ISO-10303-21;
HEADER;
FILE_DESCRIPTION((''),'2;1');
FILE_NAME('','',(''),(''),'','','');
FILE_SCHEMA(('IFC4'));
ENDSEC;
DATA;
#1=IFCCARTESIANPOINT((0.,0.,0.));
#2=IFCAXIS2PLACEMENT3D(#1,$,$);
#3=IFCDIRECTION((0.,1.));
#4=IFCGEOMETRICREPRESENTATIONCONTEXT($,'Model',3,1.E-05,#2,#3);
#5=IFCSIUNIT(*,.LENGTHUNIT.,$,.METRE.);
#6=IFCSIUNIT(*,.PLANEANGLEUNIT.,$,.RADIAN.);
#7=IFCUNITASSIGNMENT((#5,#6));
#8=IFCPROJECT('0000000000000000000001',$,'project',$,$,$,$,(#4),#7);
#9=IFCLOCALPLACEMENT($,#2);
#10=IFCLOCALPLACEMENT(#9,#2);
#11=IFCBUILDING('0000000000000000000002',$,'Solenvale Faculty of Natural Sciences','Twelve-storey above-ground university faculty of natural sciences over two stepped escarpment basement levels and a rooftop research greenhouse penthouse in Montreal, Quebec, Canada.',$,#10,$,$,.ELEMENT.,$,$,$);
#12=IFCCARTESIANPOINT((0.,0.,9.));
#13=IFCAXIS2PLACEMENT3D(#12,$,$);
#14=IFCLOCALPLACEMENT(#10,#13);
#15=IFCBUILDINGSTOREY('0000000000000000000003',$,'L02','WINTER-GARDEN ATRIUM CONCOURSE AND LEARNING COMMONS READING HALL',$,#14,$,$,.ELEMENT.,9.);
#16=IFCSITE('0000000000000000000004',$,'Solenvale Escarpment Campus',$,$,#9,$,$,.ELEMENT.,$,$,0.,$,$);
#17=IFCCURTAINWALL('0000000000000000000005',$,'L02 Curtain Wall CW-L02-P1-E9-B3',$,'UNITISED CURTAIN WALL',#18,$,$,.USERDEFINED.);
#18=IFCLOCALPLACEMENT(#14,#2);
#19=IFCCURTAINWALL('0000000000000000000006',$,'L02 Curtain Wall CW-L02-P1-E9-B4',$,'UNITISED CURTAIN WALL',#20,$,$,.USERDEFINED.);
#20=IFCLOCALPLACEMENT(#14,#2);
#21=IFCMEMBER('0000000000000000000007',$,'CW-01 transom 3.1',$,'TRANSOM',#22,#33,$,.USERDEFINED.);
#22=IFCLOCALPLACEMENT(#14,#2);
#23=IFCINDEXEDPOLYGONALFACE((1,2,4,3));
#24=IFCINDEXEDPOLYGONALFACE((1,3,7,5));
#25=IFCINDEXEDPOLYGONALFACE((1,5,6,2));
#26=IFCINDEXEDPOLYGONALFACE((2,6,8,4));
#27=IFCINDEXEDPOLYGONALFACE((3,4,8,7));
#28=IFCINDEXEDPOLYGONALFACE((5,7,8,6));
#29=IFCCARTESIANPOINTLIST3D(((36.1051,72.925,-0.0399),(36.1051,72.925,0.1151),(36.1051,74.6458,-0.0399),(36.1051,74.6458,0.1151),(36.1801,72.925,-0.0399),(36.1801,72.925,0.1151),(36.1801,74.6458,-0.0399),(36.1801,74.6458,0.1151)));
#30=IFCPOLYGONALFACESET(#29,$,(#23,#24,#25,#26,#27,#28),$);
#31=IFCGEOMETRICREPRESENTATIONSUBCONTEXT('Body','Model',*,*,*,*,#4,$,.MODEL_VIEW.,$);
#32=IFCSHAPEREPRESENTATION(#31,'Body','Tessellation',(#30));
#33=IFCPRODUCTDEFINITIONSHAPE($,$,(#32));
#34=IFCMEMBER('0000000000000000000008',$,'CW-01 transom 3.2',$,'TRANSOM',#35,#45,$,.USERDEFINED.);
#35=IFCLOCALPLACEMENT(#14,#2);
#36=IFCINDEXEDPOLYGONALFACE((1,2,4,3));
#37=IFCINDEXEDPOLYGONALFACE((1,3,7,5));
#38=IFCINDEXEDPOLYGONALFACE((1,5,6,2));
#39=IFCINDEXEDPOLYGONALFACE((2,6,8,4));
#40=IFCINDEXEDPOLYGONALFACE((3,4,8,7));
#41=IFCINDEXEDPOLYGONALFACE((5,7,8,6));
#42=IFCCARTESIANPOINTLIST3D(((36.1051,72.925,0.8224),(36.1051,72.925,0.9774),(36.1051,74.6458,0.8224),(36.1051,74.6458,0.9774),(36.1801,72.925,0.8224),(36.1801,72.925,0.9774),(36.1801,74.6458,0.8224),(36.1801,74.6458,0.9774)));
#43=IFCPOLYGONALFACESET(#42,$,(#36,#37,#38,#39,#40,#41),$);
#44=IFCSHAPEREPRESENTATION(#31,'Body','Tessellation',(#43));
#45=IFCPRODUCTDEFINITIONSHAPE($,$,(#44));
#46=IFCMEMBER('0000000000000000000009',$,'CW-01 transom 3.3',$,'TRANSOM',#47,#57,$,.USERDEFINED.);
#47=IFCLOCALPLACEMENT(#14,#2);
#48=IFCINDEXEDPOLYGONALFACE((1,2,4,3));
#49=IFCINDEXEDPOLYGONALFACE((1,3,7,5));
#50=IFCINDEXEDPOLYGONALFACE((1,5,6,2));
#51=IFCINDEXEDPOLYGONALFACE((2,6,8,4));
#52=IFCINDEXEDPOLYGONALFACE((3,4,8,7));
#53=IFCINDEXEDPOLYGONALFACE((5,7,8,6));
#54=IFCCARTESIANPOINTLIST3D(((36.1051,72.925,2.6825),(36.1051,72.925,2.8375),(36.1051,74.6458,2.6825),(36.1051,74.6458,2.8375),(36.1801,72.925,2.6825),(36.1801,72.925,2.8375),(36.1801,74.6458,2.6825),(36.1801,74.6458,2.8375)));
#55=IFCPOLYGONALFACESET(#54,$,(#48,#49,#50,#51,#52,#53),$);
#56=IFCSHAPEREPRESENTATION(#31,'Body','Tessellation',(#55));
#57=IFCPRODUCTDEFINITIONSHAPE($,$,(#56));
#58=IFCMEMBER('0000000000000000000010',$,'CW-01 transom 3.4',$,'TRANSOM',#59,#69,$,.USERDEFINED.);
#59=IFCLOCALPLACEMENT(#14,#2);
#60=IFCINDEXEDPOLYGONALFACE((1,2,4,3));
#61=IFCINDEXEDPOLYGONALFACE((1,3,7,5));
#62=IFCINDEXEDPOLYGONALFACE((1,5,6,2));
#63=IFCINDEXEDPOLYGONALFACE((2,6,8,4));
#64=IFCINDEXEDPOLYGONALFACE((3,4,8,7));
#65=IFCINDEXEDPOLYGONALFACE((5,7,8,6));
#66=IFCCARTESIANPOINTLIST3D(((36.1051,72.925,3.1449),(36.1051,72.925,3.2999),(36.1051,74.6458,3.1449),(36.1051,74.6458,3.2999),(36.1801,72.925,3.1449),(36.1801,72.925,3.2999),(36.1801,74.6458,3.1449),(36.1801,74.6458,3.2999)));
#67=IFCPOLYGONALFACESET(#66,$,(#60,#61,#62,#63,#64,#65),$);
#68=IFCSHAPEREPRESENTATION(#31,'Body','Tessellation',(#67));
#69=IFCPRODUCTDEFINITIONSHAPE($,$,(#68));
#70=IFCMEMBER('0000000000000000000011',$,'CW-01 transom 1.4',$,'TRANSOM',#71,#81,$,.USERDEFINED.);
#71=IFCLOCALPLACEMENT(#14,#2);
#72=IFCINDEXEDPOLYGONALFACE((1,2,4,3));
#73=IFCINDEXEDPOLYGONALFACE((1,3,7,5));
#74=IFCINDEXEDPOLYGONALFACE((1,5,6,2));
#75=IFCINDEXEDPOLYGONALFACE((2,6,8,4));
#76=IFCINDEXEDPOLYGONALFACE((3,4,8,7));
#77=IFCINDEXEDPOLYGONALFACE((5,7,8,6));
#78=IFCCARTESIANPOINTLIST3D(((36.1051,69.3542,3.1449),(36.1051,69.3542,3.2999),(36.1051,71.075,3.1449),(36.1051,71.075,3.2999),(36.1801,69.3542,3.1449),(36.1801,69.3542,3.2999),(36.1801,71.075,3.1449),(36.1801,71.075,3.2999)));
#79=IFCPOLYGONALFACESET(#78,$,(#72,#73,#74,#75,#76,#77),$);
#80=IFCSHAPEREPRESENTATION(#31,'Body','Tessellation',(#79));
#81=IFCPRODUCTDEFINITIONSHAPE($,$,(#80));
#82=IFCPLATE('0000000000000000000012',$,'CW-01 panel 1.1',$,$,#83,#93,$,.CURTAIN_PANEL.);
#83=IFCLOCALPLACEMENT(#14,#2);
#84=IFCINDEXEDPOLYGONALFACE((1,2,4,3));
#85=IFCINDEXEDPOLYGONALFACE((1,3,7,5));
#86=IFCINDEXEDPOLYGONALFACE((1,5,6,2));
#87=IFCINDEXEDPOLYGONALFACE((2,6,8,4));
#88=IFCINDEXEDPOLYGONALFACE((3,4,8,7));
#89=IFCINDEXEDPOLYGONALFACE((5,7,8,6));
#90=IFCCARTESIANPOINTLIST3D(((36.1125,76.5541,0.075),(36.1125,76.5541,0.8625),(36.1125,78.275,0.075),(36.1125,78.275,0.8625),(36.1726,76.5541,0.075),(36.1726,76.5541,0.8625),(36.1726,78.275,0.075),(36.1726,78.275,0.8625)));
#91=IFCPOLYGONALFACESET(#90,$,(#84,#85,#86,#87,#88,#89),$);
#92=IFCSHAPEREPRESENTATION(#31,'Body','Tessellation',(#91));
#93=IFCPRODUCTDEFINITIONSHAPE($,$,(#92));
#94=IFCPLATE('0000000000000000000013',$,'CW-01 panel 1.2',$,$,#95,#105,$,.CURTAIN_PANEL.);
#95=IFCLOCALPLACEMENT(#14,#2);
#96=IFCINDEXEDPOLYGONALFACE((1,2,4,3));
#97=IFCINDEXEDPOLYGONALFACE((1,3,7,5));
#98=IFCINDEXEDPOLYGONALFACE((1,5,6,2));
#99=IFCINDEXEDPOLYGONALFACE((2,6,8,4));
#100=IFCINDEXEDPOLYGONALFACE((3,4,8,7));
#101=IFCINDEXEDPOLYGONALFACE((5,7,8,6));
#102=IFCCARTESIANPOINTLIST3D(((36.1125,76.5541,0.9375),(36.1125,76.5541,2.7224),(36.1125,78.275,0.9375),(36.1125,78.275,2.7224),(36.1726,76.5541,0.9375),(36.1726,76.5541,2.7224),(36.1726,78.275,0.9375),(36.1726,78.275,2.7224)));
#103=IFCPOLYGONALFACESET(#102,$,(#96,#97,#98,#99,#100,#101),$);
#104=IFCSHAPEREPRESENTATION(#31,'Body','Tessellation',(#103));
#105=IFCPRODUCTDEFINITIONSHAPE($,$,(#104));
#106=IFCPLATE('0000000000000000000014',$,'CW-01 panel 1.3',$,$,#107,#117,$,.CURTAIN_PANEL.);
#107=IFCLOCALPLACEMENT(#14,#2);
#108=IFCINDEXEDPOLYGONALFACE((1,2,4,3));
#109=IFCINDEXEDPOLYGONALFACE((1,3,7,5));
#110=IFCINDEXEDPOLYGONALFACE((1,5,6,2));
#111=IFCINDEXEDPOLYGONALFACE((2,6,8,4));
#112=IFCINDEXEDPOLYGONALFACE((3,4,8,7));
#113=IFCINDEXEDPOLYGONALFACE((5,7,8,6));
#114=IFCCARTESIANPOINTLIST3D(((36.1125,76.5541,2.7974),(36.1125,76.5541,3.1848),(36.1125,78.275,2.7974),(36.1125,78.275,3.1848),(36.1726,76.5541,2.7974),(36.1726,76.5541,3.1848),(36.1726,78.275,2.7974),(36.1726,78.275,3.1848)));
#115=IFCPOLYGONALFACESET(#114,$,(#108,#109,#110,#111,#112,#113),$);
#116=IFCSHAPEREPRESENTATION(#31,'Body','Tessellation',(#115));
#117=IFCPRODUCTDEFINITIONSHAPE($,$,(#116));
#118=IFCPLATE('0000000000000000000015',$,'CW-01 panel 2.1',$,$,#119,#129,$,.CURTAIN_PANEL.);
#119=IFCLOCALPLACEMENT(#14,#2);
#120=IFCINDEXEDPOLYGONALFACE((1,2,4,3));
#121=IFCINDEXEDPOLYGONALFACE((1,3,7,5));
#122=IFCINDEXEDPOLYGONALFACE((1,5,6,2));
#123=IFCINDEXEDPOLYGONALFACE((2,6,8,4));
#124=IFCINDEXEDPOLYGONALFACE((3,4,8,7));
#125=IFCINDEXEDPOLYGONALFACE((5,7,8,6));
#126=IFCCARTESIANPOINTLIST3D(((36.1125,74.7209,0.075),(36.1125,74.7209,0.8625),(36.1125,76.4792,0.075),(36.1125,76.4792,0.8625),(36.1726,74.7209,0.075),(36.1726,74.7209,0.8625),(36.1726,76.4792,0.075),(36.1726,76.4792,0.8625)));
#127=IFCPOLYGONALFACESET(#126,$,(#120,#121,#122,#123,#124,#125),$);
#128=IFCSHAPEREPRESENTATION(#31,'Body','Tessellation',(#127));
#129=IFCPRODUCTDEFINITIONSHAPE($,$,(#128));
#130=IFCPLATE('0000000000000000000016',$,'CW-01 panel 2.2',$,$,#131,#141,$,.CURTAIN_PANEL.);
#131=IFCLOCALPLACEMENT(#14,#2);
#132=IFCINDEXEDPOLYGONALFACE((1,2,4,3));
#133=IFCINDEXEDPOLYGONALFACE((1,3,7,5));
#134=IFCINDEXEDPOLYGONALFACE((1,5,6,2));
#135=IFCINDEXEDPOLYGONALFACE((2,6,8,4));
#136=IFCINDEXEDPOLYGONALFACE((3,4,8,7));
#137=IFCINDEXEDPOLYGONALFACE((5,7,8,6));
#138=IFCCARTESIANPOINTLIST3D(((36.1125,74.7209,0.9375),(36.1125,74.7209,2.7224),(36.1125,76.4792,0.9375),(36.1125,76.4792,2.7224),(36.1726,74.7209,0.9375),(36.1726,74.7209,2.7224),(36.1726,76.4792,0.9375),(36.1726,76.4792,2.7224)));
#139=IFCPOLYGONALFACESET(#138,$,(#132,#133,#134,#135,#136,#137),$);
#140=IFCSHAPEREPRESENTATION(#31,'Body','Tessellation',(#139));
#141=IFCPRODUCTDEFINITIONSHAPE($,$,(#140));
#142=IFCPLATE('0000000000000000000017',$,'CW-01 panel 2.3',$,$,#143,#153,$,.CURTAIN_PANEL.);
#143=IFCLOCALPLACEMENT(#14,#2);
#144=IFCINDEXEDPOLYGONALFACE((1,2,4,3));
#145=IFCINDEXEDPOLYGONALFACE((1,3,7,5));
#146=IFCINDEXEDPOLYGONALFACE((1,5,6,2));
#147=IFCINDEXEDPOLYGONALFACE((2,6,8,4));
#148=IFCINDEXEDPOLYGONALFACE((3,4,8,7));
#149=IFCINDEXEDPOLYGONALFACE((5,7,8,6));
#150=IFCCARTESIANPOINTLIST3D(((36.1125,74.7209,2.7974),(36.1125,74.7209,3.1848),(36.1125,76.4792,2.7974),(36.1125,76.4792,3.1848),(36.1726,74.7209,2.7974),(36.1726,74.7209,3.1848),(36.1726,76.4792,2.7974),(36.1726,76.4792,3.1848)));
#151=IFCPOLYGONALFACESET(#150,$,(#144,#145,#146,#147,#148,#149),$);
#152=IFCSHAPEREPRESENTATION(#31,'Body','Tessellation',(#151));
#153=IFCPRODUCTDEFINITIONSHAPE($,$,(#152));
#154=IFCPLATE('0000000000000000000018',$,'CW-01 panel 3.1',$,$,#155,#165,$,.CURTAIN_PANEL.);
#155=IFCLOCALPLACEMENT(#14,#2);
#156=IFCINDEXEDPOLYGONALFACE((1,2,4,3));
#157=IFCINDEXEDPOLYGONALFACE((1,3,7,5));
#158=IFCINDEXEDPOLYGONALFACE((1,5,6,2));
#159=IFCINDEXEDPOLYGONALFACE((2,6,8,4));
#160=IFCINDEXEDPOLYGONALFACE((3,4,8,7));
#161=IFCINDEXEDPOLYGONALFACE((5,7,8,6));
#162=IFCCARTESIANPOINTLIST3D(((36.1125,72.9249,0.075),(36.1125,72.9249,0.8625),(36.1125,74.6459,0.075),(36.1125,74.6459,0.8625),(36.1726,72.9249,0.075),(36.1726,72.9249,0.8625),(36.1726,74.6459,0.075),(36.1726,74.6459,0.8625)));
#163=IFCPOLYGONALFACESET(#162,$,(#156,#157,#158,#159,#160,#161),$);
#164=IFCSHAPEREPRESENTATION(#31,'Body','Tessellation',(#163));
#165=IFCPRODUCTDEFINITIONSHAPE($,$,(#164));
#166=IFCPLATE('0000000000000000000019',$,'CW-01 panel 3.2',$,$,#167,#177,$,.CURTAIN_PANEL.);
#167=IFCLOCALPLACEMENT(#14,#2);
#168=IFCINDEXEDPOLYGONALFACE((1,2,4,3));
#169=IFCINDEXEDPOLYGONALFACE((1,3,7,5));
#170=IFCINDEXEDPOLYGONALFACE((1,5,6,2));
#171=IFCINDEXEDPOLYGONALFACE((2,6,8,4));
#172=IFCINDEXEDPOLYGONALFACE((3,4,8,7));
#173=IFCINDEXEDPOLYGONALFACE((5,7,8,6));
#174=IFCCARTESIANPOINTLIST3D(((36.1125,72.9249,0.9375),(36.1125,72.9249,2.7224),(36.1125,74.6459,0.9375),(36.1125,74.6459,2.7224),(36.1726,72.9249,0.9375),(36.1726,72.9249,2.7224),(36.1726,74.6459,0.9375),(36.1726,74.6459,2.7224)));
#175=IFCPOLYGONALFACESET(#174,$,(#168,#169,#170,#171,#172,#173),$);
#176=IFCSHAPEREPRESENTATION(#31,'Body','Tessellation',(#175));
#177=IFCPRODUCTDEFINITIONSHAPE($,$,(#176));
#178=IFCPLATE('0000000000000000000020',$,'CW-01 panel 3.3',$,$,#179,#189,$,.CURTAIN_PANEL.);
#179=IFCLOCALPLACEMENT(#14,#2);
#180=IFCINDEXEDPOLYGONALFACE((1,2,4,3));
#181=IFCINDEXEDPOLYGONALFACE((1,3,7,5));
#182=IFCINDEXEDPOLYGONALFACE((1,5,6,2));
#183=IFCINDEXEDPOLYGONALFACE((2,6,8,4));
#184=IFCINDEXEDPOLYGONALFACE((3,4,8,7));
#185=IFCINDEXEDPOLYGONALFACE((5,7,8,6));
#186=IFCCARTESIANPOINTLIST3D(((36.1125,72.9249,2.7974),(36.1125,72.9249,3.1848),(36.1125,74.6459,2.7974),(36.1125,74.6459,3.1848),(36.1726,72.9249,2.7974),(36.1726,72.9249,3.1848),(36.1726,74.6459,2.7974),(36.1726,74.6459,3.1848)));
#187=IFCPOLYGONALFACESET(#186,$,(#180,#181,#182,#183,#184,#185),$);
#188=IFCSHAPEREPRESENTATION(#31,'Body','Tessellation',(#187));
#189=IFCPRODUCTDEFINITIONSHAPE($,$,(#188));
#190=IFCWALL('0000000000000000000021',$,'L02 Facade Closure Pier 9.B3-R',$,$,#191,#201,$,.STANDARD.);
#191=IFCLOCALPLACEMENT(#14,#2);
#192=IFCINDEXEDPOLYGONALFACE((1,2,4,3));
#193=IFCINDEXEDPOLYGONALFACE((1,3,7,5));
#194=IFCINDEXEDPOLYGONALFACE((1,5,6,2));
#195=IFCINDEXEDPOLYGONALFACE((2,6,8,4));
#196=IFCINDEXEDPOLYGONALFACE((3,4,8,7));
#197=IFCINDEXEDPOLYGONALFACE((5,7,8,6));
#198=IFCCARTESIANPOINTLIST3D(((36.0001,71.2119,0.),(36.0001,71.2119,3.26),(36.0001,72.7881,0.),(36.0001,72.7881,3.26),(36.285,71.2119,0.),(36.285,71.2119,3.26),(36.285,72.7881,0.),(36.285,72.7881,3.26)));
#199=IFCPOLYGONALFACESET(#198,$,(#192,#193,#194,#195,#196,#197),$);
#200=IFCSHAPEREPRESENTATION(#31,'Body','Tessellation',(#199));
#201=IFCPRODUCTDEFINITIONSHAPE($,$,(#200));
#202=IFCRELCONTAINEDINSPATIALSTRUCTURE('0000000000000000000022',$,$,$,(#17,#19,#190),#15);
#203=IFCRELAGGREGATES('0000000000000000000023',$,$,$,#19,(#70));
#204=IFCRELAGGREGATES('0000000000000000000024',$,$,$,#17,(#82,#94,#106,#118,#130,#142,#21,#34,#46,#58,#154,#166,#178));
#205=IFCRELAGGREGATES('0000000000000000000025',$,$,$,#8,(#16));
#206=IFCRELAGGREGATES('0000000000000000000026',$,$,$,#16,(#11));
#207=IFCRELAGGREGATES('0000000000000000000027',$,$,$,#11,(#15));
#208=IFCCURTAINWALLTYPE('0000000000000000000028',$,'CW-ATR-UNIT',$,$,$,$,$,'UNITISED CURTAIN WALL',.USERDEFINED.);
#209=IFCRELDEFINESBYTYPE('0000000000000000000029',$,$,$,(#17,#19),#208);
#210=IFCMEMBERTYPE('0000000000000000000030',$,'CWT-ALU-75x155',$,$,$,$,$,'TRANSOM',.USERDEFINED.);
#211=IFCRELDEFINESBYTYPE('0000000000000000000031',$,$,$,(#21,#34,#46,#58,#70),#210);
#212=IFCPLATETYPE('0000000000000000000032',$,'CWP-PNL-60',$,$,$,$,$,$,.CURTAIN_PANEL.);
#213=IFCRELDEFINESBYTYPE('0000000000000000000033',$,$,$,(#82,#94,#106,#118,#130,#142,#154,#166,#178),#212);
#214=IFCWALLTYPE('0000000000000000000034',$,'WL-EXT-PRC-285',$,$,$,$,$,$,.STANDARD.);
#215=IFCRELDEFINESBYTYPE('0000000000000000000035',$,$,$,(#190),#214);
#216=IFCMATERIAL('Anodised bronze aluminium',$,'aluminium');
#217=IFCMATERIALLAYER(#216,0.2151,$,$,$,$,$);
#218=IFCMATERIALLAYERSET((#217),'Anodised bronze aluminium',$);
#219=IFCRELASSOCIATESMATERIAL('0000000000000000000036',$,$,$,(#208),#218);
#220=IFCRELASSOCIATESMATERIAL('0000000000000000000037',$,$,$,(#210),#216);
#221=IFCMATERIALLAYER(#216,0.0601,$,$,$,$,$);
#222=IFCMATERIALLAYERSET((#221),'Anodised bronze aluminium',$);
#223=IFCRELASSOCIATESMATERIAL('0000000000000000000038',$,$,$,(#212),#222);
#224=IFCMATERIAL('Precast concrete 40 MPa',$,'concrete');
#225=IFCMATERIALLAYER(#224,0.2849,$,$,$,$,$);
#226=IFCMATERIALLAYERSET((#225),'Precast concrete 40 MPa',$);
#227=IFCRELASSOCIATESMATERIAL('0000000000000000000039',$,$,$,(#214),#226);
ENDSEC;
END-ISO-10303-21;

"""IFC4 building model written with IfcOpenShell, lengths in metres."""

from ifc_helpers import new_model, si_unit, direction, frame, frame_2d, origin, origin_2d, place, context, subcontext, project, spatial, rectangle, extrude, material, layer, layer_set, material_profile, profile_set, type_object, element, aggregate, save


model = new_model("IFC4")

# Units and contexts
model_context = context("Model", 3, precision=1e-05, world=origin(), true_north=direction((0.0, 1.0)))
body_context = subcontext(model_context, "Body", "Model", "MODEL_VIEW")
ifc_project = project(units=[si_unit("LENGTHUNIT", "METRE"), si_unit("PLANEANGLEUNIT", "RADIAN")], contexts=[model_context])

# Site, building, storey
site_placement = place(None, origin())
site = spatial("IfcSite", under=ifc_project, at=site_placement, Name="Solenvale Escarpment Campus", CompositionType="ELEMENT", RefElevation=0.0)
building_placement = place(site_placement, origin())
building = spatial("IfcBuilding", under=site, at=building_placement, Name="Solenvale Faculty of Natural Sciences", Description="Twelve-storey above-ground university faculty of natural sciences over two stepped escarpment basement levels and a rooftop research greenhouse penthouse in Montreal, Quebec, Canada.", CompositionType="ELEMENT")
storey_placement = place(building_placement, frame((0.0, 0.0, 9.0)))
storey = spatial("IfcBuildingStorey", under=building, at=storey_placement, Name="L02", Description="WINTER-GARDEN ATRIUM CONCOURSE AND LEARNING COMMONS READING HALL", CompositionType="ELEMENT", Elevation=9.0)

# Curtain wall
ifc_material_1 = material(Name="Anodised bronze aluminium", Category="aluminium")
ifc_layer_1 = layer(ifc_material_1, 0.2151)
ifc_layer_set_1 = layer_set([ifc_layer_1], Name="Anodised bronze aluminium")
curtain_wall_type = type_object("IfcCurtainWallType", Name="CW-ATR-UNIT", ElementType="UNITISED CURTAIN WALL", PredefinedType="USERDEFINED", material=ifc_layer_set_1)
curtain_wall_1_placement = place(storey_placement, origin())
curtain_wall_1 = element("IfcCurtainWall", 1, at=curtain_wall_1_placement, inside=storey, type_object=curtain_wall_type, Name="L02 Curtain Wall CW-L02-P1-E9-B3", ObjectType="UNITISED CURTAIN WALL", PredefinedType="USERDEFINED")

# Curtain wall
curtain_wall_2_placement = place(storey_placement, origin())
curtain_wall_2 = element("IfcCurtainWall", 2, at=curtain_wall_2_placement, inside=storey, type_object=curtain_wall_type, Name="L02 Curtain Wall CW-L02-P1-E9-B4", ObjectType="UNITISED CURTAIN WALL", PredefinedType="USERDEFINED")

# Members
ifc_material_profile_1 = material_profile(ifc_material_1, rectangle(XDim=0.075, YDim=0.155, at=origin_2d()), Name="ALU-TRN-75x155")
ifc_profile_set_1 = profile_set([ifc_material_profile_1], Name="Anodised bronze aluminium")
member_type_1 = type_object("IfcMemberType", Name="CWT-ALU-75x155", ElementType="TRANSOM", PredefinedType="USERDEFINED", material=ifc_profile_set_1)
member_1_placement = place(storey_placement, frame((36.1426, 74.6458, 0.0376), z_axis=(0.0, -1.0, 0.0), x_axis=(1.0, 0.0, 0.0)))
member_1 = element("IfcMember", 3, at=member_1_placement, type_object=member_type_1, Name="CW-01 transom 3.1", ObjectType="TRANSOM", PredefinedType="USERDEFINED", context=body_context, shape_type="SweptSolid", body=[
    extrude(rectangle(XDim=0.075, YDim=0.155, at=origin_2d()), origin(), (0.0, 0.0, 1.0), 1.7207),
])
member_2_placement = place(storey_placement, frame((36.1426, 74.6458, 0.8999), z_axis=(0.0, -1.0, 0.0), x_axis=(1.0, 0.0, 0.0)))
member_2 = element("IfcMember", 4, at=member_2_placement, type_object=member_type_1, Name="CW-01 transom 3.2", ObjectType="TRANSOM", PredefinedType="USERDEFINED", context=body_context, shape_type="SweptSolid", body=[
    extrude(rectangle(XDim=0.075, YDim=0.155, at=origin_2d()), origin(), (0.0, 0.0, 1.0), 1.7207),
])
member_3_placement = place(storey_placement, frame((36.1426, 74.6458, 2.76), z_axis=(0.0, -1.0, 0.0), x_axis=(1.0, 0.0, 0.0)))
member_3 = element("IfcMember", 5, at=member_3_placement, type_object=member_type_1, Name="CW-01 transom 3.3", ObjectType="TRANSOM", PredefinedType="USERDEFINED", context=body_context, shape_type="SweptSolid", body=[
    extrude(rectangle(XDim=0.075, YDim=0.155, at=origin_2d()), origin(), (0.0, 0.0, 1.0), 1.7207),
])
member_4_placement = place(storey_placement, frame((36.1426, 74.6458, 3.2224), z_axis=(0.0, -1.0, 0.0), x_axis=(1.0, 0.0, 0.0)))
member_4 = element("IfcMember", 6, at=member_4_placement, type_object=member_type_1, Name="CW-01 transom 3.4", ObjectType="TRANSOM", PredefinedType="USERDEFINED", context=body_context, shape_type="SweptSolid", body=[
    extrude(rectangle(XDim=0.075, YDim=0.155, at=origin_2d()), origin(), (0.0, 0.0, 1.0), 1.7207),
])
member_5_placement = place(storey_placement, frame((36.1426, 71.075, 3.2224), z_axis=(0.0, -1.0, 0.0), x_axis=(1.0, 0.0, 0.0)))
member_5 = element("IfcMember", 7, at=member_5_placement, type_object=member_type_1, Name="CW-01 transom 1.4", ObjectType="TRANSOM", PredefinedType="USERDEFINED", context=body_context, shape_type="SweptSolid", body=[
    extrude(rectangle(XDim=0.075, YDim=0.155, at=origin_2d()), origin(), (0.0, 0.0, 1.0), 1.7207),
])
aggregate(curtain_wall_2, [member_5])

# Plates
ifc_layer_2 = layer(ifc_material_1, 0.0601)
ifc_layer_set_2 = layer_set([ifc_layer_2], Name="Anodised bronze aluminium")
plate_type = type_object("IfcPlateType", Name="CWP-PNL-60", PredefinedType="CURTAIN_PANEL", material=ifc_layer_set_2)
plate_1_placement = place(storey_placement, frame((36.1426, 77.4146, 0.075), z_axis=(0.0, 0.0, 1.0), x_axis=(0.0, -1.0, 0.0)))
plate_1 = element("IfcPlate", 8, at=plate_1_placement, type_object=plate_type, Name="CW-01 panel 1.1", PredefinedType="CURTAIN_PANEL", context=body_context, shape_type="SweptSolid", body=[
    extrude(rectangle(XDim=1.7209, YDim=0.0601, at=origin_2d()), origin(), (0.0, 0.0, 1.0), 0.7876),
])
plate_2_placement = place(storey_placement, frame((36.1426, 77.4146, 0.9375), z_axis=(0.0, 0.0, 1.0), x_axis=(0.0, -1.0, 0.0)))
plate_2 = element("IfcPlate", 9, at=plate_2_placement, type_object=plate_type, Name="CW-01 panel 1.2", PredefinedType="CURTAIN_PANEL", context=body_context, shape_type="SweptSolid", body=[
    extrude(rectangle(XDim=1.7209, YDim=0.0601, at=origin_2d()), origin(), (0.0, 0.0, 1.0), 1.7849),
])
plate_3_placement = place(storey_placement, frame((36.1426, 77.4146, 2.7974), z_axis=(0.0, 0.0, 1.0), x_axis=(0.0, -1.0, 0.0)))
plate_3 = element("IfcPlate", 10, at=plate_3_placement, type_object=plate_type, Name="CW-01 panel 1.3", PredefinedType="CURTAIN_PANEL", context=body_context, shape_type="SweptSolid", body=[
    extrude(rectangle(XDim=1.7209, YDim=0.0601, at=origin_2d()), origin(), (0.0, 0.0, 1.0), 0.3875),
])
plate_4_placement = place(storey_placement, frame((36.1426, 75.6001, 0.075), z_axis=(0.0, 0.0, 1.0), x_axis=(0.0, -1.0, 0.0)))
plate_4 = element("IfcPlate", 11, at=plate_4_placement, type_object=plate_type, Name="CW-01 panel 2.1", PredefinedType="CURTAIN_PANEL", context=body_context, shape_type="SweptSolid", body=[
    extrude(rectangle(XDim=1.7583, YDim=0.0601, at=origin_2d()), origin(), (0.0, 0.0, 1.0), 0.7876),
])
plate_5_placement = place(storey_placement, frame((36.1426, 75.6001, 0.9375), z_axis=(0.0, 0.0, 1.0), x_axis=(0.0, -1.0, 0.0)))
plate_5 = element("IfcPlate", 12, at=plate_5_placement, type_object=plate_type, Name="CW-01 panel 2.2", PredefinedType="CURTAIN_PANEL", context=body_context, shape_type="SweptSolid", body=[
    extrude(rectangle(XDim=1.7583, YDim=0.0601, at=origin_2d()), origin(), (0.0, 0.0, 1.0), 1.7849),
])
plate_6_placement = place(storey_placement, frame((36.1426, 75.6001, 2.7974), z_axis=(0.0, 0.0, 1.0), x_axis=(0.0, -1.0, 0.0)))
plate_6 = element("IfcPlate", 13, at=plate_6_placement, type_object=plate_type, Name="CW-01 panel 2.3", PredefinedType="CURTAIN_PANEL", context=body_context, shape_type="SweptSolid", body=[
    extrude(rectangle(XDim=1.7583, YDim=0.0601, at=origin_2d()), origin(), (0.0, 0.0, 1.0), 0.3875),
])
plate_7_placement = place(storey_placement, frame((36.1426, 73.7854, 0.075), z_axis=(0.0, 0.0, 1.0), x_axis=(0.0, -1.0, 0.0)))
plate_7 = element("IfcPlate", 14, at=plate_7_placement, type_object=plate_type, Name="CW-01 panel 3.1", PredefinedType="CURTAIN_PANEL", context=body_context, shape_type="SweptSolid", body=[
    extrude(rectangle(XDim=1.7209, YDim=0.0601, at=origin_2d()), origin(), (0.0, 0.0, 1.0), 0.7876),
])
plate_8_placement = place(storey_placement, frame((36.1426, 73.7854, 0.9375), z_axis=(0.0, 0.0, 1.0), x_axis=(0.0, -1.0, 0.0)))
plate_8 = element("IfcPlate", 15, at=plate_8_placement, type_object=plate_type, Name="CW-01 panel 3.2", PredefinedType="CURTAIN_PANEL", context=body_context, shape_type="SweptSolid", body=[
    extrude(rectangle(XDim=1.7209, YDim=0.0601, at=origin_2d()), origin(), (0.0, 0.0, 1.0), 1.7849),
])
plate_9_placement = place(storey_placement, frame((36.1426, 73.7854, 2.7974), z_axis=(0.0, 0.0, 1.0), x_axis=(0.0, -1.0, 0.0)))
plate_9 = element("IfcPlate", 16, at=plate_9_placement, type_object=plate_type, Name="CW-01 panel 3.3", PredefinedType="CURTAIN_PANEL", context=body_context, shape_type="SweptSolid", body=[
    extrude(rectangle(XDim=1.7209, YDim=0.0601, at=origin_2d()), origin(), (0.0, 0.0, 1.0), 0.3875),
])
aggregate(curtain_wall_1, [plate_1, plate_2, plate_3, plate_4, plate_5, plate_6, member_1, member_2, member_3, member_4, plate_7, plate_8, plate_9])

# Wall
ifc_material_2 = material(Name="Precast concrete 40 MPa", Category="concrete")
ifc_layer_3 = layer(ifc_material_2, 0.2849)
ifc_layer_set_3 = layer_set([ifc_layer_3], Name="Precast concrete 40 MPa")
wall_type = type_object("IfcWallType", Name="WL-EXT-PRC-285", PredefinedType="STANDARD", material=ifc_layer_set_3)
wall_placement = place(storey_placement, frame((36.1426, 72.7881, 0.0), z_axis=(0.0, 0.0, 1.0), x_axis=(0.0, -1.0, 0.0)))
element("IfcWall", 17, at=wall_placement, inside=storey, type_object=wall_type, Name="L02 Facade Closure Pier 9.B3-R", PredefinedType="STANDARD", context=body_context, shape_type="SweptSolid", body=[
    extrude(rectangle(XDim=1.5762, YDim=0.2849, at=frame_2d((0.7881, 0.0))), origin(), (0.0, 0.0, 1.0), 3.26),
])

save(model, "model.ifc")
